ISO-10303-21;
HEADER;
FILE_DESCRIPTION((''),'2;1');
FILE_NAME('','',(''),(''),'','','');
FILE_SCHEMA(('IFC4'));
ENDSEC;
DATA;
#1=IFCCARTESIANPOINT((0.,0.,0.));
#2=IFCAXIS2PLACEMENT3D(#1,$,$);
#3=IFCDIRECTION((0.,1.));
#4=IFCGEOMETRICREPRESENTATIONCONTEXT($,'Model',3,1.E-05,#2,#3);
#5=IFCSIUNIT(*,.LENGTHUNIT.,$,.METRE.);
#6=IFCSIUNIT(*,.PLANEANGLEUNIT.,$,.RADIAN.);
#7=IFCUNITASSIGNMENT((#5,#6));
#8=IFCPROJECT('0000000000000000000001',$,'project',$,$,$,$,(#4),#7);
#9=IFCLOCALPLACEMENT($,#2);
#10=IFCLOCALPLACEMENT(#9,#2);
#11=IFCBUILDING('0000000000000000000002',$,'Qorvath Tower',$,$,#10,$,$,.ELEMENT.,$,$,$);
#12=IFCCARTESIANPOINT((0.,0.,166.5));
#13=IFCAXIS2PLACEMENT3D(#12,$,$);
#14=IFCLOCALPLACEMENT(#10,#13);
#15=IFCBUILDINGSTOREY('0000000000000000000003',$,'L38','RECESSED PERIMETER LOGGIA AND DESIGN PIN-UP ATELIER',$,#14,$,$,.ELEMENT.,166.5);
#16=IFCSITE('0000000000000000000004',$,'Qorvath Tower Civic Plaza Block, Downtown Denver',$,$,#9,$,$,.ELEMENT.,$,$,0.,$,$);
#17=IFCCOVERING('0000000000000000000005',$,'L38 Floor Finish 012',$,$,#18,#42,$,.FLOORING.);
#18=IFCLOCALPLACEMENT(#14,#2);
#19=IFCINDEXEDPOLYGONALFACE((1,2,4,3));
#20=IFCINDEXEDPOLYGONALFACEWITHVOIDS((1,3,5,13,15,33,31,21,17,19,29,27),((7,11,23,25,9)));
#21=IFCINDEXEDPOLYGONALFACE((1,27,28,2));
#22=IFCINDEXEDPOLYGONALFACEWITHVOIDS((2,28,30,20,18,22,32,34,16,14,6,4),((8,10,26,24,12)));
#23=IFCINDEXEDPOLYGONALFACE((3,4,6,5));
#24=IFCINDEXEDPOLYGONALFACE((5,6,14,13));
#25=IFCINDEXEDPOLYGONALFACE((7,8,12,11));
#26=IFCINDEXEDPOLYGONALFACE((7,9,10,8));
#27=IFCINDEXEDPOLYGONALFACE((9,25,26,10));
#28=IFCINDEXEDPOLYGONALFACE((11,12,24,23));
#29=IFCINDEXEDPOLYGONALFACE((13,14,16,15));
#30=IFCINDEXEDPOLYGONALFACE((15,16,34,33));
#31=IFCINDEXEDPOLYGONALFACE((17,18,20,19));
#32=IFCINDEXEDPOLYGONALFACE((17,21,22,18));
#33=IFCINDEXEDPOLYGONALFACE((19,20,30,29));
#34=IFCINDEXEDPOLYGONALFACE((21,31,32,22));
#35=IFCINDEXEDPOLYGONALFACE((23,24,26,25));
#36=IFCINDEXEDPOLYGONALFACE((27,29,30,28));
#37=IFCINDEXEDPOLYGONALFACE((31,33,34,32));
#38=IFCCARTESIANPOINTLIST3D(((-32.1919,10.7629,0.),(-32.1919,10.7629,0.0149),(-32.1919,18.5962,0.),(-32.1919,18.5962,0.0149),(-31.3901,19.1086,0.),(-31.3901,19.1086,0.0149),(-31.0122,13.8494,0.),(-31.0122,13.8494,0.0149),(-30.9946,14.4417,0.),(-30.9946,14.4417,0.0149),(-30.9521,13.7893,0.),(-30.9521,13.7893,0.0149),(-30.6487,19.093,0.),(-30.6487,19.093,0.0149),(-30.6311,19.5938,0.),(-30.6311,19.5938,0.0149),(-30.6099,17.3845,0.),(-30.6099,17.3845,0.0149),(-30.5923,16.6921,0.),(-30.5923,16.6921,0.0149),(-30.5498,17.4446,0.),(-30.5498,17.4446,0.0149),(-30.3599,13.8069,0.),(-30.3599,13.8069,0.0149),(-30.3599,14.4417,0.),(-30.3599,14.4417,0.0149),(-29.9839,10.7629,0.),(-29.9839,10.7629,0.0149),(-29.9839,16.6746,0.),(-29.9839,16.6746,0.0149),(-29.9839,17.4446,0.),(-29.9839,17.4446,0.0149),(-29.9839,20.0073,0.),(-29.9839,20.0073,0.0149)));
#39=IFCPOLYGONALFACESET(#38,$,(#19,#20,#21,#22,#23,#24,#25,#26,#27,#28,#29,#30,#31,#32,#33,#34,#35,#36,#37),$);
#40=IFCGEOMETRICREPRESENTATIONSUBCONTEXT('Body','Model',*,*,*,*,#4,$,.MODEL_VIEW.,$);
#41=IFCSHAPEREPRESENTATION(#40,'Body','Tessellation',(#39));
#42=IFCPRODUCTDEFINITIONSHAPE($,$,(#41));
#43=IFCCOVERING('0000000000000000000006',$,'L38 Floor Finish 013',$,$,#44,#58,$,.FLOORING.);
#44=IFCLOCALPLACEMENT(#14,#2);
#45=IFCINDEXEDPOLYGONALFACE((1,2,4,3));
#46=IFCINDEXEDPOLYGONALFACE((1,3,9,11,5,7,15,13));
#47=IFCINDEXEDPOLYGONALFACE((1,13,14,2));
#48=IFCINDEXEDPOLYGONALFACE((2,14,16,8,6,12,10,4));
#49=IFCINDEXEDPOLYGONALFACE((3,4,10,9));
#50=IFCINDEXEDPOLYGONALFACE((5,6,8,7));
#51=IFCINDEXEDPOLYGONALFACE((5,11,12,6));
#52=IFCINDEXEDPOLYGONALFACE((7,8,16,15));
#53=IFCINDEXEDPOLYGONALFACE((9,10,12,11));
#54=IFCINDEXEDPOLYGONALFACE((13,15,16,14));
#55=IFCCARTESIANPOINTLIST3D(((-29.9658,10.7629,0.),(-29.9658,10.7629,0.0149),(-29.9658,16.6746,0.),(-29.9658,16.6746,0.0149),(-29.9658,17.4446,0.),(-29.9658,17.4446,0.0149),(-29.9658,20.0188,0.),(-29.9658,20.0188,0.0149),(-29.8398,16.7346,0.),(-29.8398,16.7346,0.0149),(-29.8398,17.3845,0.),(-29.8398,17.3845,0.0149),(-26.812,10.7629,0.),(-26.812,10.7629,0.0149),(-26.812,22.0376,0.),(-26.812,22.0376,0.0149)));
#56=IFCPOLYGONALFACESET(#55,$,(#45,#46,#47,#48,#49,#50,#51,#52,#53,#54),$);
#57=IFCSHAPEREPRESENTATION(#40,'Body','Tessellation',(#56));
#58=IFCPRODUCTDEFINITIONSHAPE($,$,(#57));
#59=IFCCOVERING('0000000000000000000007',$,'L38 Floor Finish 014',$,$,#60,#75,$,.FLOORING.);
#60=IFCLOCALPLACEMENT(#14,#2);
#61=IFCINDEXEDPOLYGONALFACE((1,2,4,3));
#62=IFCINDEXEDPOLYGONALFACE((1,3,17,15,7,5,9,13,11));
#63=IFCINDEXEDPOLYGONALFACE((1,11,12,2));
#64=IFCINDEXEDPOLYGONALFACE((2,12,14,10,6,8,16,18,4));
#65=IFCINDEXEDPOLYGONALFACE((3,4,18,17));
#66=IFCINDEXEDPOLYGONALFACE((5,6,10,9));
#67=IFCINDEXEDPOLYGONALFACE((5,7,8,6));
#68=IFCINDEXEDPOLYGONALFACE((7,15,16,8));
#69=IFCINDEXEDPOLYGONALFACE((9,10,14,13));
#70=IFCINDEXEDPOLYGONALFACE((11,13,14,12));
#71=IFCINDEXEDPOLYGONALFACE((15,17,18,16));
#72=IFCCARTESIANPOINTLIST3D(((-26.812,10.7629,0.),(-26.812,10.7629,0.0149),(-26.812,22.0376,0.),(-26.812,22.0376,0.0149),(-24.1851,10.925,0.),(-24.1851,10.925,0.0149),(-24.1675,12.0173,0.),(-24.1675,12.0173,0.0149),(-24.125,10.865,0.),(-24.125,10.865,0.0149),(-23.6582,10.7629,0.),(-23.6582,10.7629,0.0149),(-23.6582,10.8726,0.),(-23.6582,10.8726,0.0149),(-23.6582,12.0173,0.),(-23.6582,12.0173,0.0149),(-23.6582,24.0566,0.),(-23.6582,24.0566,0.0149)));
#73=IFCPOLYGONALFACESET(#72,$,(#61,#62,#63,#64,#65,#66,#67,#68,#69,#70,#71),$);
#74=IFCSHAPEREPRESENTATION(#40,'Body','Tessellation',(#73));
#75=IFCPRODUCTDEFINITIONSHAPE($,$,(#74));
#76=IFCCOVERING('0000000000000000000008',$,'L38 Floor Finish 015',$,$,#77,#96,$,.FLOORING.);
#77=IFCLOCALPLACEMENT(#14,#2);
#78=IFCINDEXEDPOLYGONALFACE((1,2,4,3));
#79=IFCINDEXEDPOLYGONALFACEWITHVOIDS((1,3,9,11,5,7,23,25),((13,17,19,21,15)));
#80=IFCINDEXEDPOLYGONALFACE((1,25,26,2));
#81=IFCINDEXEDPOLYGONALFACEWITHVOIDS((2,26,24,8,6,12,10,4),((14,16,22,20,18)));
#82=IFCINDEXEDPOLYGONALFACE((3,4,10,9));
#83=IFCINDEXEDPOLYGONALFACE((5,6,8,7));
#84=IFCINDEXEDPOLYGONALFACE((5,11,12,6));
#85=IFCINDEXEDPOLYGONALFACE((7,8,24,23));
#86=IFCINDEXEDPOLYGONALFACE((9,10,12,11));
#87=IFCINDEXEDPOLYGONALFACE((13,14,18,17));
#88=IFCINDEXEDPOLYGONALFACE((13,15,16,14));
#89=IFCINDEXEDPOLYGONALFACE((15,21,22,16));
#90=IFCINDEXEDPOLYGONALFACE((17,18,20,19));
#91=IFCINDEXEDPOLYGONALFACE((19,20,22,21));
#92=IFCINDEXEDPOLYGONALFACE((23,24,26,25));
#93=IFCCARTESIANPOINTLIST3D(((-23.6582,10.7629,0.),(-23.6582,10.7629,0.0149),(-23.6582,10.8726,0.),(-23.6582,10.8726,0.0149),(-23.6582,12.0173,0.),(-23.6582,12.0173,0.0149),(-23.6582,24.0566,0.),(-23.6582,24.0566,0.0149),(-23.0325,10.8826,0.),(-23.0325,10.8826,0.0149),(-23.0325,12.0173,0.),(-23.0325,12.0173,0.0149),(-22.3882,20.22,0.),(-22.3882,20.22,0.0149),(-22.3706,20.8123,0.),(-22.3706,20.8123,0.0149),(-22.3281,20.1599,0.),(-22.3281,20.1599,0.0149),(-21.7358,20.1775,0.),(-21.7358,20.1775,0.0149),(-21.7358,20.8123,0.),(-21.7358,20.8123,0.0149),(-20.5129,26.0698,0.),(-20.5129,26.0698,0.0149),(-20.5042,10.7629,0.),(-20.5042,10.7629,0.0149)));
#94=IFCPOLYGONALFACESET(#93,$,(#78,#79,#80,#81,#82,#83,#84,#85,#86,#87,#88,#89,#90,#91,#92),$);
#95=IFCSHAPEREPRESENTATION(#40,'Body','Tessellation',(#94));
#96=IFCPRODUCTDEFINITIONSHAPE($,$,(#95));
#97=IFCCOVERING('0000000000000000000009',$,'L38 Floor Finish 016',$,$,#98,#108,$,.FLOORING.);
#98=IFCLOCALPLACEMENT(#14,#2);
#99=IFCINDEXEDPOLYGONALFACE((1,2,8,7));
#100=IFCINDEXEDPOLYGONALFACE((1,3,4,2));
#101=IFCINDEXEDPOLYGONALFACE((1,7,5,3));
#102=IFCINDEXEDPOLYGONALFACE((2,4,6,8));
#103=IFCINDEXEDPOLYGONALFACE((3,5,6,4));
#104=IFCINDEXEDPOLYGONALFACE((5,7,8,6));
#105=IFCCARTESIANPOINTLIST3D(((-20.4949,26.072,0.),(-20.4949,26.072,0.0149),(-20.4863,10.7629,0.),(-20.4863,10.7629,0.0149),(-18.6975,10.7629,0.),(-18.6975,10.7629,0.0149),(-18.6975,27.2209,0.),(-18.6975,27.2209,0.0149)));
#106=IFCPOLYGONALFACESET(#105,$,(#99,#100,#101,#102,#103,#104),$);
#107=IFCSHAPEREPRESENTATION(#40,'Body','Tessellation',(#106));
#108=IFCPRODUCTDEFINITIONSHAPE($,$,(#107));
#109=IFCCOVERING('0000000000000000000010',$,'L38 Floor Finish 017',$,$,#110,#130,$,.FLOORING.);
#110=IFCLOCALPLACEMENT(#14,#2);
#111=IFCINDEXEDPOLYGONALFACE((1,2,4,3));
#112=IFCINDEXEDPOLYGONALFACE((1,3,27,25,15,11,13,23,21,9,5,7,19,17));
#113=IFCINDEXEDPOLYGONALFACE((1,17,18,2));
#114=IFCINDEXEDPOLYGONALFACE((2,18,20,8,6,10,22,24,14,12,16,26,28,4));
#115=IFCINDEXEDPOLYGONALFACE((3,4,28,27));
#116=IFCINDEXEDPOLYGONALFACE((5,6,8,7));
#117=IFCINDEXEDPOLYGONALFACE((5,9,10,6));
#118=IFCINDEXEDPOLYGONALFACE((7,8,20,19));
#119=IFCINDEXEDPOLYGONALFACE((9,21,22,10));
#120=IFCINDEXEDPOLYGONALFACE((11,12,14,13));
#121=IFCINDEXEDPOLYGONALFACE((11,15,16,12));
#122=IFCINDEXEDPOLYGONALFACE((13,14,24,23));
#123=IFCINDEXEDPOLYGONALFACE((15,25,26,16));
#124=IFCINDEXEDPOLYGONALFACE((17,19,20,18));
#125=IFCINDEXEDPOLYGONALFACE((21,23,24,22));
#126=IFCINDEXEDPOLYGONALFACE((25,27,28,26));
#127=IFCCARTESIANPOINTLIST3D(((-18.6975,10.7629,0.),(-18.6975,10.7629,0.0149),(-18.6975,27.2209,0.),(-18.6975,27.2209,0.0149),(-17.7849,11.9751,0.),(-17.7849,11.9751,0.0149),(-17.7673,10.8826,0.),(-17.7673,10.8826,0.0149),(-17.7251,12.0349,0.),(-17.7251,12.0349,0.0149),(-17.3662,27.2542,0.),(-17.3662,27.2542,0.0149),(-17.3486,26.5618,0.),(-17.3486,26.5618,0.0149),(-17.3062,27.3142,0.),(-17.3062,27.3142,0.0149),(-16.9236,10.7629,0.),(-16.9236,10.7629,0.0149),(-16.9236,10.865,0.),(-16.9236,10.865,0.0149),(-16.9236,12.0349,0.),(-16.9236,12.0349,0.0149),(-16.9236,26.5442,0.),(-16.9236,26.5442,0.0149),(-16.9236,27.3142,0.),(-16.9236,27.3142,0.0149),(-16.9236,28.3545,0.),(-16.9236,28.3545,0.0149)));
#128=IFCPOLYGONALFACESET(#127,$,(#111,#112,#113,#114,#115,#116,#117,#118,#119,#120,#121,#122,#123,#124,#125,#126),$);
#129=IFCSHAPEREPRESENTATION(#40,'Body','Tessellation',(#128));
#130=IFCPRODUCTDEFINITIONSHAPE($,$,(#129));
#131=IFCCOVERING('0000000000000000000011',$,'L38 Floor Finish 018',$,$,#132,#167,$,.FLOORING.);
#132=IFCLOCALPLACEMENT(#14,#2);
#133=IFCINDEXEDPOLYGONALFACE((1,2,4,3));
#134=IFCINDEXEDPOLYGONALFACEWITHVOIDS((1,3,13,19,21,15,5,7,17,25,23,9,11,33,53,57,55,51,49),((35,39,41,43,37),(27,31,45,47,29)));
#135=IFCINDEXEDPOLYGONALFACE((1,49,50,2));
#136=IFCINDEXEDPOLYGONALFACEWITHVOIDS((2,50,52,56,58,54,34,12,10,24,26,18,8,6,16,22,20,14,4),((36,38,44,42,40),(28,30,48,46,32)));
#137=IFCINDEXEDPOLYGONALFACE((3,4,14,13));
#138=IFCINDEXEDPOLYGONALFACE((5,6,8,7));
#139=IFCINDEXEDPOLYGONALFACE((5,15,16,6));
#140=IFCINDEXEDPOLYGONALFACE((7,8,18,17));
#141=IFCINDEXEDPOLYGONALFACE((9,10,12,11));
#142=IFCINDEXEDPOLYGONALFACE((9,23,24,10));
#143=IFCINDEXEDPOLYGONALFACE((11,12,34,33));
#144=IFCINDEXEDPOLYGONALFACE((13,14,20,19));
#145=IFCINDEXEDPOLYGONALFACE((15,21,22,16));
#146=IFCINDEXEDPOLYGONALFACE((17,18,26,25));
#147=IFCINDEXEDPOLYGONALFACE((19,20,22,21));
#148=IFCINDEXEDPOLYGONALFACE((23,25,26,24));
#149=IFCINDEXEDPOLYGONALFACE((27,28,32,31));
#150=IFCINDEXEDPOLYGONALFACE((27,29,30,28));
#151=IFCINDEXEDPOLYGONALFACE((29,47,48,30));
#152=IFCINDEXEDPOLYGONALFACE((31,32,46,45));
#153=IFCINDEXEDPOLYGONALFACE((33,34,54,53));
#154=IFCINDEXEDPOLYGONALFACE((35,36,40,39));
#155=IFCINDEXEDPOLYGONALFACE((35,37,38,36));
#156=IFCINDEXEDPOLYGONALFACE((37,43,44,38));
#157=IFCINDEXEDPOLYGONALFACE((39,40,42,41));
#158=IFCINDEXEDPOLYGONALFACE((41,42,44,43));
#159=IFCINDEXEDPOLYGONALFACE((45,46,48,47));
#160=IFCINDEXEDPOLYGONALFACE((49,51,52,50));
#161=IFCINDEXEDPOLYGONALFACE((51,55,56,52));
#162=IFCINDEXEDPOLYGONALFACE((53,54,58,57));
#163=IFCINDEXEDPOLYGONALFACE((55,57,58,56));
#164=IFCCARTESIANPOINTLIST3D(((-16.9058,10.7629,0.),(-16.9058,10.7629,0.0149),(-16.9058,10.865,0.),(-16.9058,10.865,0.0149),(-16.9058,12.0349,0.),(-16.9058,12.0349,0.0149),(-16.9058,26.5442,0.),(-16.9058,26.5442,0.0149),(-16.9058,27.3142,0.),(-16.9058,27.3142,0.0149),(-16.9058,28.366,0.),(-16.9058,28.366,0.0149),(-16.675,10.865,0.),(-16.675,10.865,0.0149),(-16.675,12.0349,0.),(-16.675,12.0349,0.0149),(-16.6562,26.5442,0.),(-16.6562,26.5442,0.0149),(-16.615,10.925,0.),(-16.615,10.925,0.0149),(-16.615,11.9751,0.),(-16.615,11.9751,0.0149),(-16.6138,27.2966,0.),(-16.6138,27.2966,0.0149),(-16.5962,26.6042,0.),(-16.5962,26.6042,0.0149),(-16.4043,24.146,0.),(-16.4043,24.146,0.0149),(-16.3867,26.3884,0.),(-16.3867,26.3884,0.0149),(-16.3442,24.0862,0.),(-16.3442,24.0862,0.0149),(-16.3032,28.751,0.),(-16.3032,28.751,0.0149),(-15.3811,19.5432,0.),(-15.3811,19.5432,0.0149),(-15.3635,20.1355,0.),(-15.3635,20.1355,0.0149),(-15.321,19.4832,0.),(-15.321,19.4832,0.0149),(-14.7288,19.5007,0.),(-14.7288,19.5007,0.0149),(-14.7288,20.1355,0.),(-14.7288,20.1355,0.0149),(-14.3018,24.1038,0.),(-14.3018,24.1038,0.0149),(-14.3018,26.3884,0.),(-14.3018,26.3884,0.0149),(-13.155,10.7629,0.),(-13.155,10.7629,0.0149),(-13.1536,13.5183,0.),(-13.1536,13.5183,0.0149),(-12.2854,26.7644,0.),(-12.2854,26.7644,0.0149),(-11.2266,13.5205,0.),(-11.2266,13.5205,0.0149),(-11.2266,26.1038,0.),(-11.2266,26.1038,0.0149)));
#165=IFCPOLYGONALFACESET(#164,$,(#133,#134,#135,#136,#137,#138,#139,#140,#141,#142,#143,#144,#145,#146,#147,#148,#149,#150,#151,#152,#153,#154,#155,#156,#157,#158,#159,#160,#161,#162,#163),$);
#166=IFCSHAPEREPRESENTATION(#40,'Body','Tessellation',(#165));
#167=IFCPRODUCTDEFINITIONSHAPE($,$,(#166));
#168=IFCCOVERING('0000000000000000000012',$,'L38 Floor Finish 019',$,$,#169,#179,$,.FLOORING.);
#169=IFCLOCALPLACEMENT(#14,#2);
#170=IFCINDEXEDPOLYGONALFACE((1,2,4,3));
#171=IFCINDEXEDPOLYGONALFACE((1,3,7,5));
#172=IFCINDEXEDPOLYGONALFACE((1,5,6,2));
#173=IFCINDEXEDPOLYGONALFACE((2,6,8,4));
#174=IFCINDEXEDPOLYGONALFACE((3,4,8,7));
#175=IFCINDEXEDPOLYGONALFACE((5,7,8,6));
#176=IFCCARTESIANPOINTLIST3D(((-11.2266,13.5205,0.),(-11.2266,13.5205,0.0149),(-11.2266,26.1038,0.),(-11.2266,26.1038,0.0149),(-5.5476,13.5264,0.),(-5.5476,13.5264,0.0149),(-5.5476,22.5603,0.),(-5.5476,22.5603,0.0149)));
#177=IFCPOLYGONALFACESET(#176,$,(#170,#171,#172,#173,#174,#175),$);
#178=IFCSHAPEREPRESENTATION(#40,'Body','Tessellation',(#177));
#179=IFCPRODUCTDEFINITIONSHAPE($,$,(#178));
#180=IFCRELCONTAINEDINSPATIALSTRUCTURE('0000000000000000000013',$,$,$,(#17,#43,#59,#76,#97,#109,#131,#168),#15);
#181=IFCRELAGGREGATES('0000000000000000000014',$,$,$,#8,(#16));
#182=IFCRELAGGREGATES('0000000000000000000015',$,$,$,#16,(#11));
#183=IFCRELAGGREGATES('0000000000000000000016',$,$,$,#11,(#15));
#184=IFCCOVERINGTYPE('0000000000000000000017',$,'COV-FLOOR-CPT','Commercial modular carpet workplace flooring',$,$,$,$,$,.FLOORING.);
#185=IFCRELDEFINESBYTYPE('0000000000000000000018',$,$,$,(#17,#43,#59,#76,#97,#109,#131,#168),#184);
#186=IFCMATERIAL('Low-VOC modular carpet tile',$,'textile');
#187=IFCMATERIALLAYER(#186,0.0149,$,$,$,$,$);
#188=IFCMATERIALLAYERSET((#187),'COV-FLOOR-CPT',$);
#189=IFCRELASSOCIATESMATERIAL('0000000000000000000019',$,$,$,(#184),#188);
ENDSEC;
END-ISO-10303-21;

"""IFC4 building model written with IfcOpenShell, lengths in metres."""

from ifc_helpers import new_model, si_unit, direction, frame, origin, place, context, subcontext, project, spatial, polyline, outline, extrude, material, layer, layer_set, type_object, element, save


model = new_model("IFC4")

# Units and contexts
model_context = context("Model", 3, precision=1e-05, world=origin(), true_north=direction((0.0, 1.0)))
body_context = subcontext(model_context, "Body", "Model", "MODEL_VIEW")
ifc_project = project(units=[si_unit("LENGTHUNIT", "METRE"), si_unit("PLANEANGLEUNIT", "RADIAN")], contexts=[model_context])

# Site, building, storey
site_placement = place(None, origin())
site = spatial("IfcSite", under=ifc_project, at=site_placement, Name="Qorvath Tower Civic Plaza Block, Downtown Denver", CompositionType="ELEMENT", RefElevation=0.0)
building_placement = place(site_placement, origin())
building = spatial("IfcBuilding", under=site, at=building_placement, Name="Qorvath Tower", CompositionType="ELEMENT")
storey_placement = place(building_placement, frame((0.0, 0.0, 166.5)))
storey = spatial("IfcBuildingStorey", under=building, at=storey_placement, Name="L38", Description="RECESSED PERIMETER LOGGIA AND DESIGN PIN-UP ATELIER", CompositionType="ELEMENT", Elevation=166.5)

# Coverings
ifc_material_1 = material(Name="Low-VOC modular carpet tile", Category="textile")
ifc_layer_1 = layer(ifc_material_1, 0.0149)
ifc_layer_set_1 = layer_set([ifc_layer_1], Name="COV-FLOOR-CPT")
covering_type_1 = type_object("IfcCoveringType", Name="COV-FLOOR-CPT", Description="Commercial modular carpet workplace flooring", PredefinedType="FLOORING", material=ifc_layer_set_1)
covering_1_placement = place(storey_placement, origin())
element("IfcCovering", 1, at=covering_1_placement, inside=storey, type_object=covering_type_1, Name="L38 Floor Finish 012", PredefinedType="FLOORING", context=body_context, shape_type="SweptSolid", body=[
    extrude(outline(polyline([(-29.9839, 17.4446), (-29.9839, 20.0073), (-30.6311, 19.5938), (-30.6487, 19.093), (-31.3901, 19.1086), (-32.1919, 18.5962), (-32.1919, 10.7629), (-29.9839, 10.7629), (-29.9839, 16.6746), (-30.5923, 16.6921), (-30.6099, 17.3845), (-30.5498, 17.4446), (-29.9839, 17.4446)]), holes=[polyline([(-31.0122, 13.8494), (-30.9946, 14.4417), (-30.3599, 14.4417), (-30.3599, 13.8069), (-30.9521, 13.7893), (-31.0122, 13.8494)])]), origin(), (0.0, 0.0, 1.0), 0.0149),
])
covering_2_placement = place(storey_placement, origin())
element("IfcCovering", 2, at=covering_2_placement, inside=storey, type_object=covering_type_1, Name="L38 Floor Finish 013", PredefinedType="FLOORING", context=body_context, shape_type="SweptSolid", body=[
    extrude(outline(polyline([(-26.812, 10.7629), (-26.812, 22.0376), (-29.9658, 20.0188), (-29.9658, 17.4446), (-29.8398, 17.3845), (-29.8398, 16.7346), (-29.9658, 16.6746), (-29.9658, 10.7629), (-26.812, 10.7629)])), origin(), (0.0, 0.0, 1.0), 0.0149),
])
covering_3_placement = place(storey_placement, origin())
element("IfcCovering", 3, at=covering_3_placement, inside=storey, type_object=covering_type_1, Name="L38 Floor Finish 014", PredefinedType="FLOORING", context=body_context, shape_type="SweptSolid", body=[
    extrude(outline(polyline([(-23.6582, 10.7629), (-23.6582, 10.8726), (-24.125, 10.865), (-24.1851, 10.925), (-24.1675, 12.0173), (-23.6582, 12.0173), (-23.6582, 24.0566), (-26.812, 22.0376), (-26.812, 10.7629), (-23.6582, 10.7629)])), origin(), (0.0, 0.0, 1.0), 0.0149),
])
covering_4_placement = place(storey_placement, origin())
element("IfcCovering", 4, at=covering_4_placement, inside=storey, type_object=covering_type_1, Name="L38 Floor Finish 015", PredefinedType="FLOORING", context=body_context, shape_type="SweptSolid", body=[
    extrude(outline(polyline([(-20.5129, 26.0698), (-23.6582, 24.0566), (-23.6582, 12.0173), (-23.0325, 12.0173), (-23.0325, 10.8826), (-23.6582, 10.8726), (-23.6582, 10.7629), (-20.5042, 10.7629), (-20.5129, 26.0698)]), holes=[polyline([(-22.3882, 20.22), (-22.3706, 20.8123), (-21.7358, 20.8123), (-21.7358, 20.1775), (-22.3281, 20.1599), (-22.3882, 20.22)])]), origin(), (0.0, 0.0, 1.0), 0.0149),
])
covering_5_placement = place(storey_placement, origin())
element("IfcCovering", 5, at=covering_5_placement, inside=storey, type_object=covering_type_1, Name="L38 Floor Finish 016", PredefinedType="FLOORING", context=body_context, shape_type="SweptSolid", body=[
    extrude(outline(polyline([(-18.6975, 10.7629), (-18.6975, 27.2209), (-20.4949, 26.072), (-20.4863, 10.7629), (-18.6975, 10.7629)])), origin(), (0.0, 0.0, 1.0), 0.0149),
])
covering_6_placement = place(storey_placement, origin())
element("IfcCovering", 6, at=covering_6_placement, inside=storey, type_object=covering_type_1, Name="L38 Floor Finish 017", PredefinedType="FLOORING", context=body_context, shape_type="SweptSolid", body=[
    extrude(outline(polyline([(-17.7251, 12.0349), (-16.9236, 12.0349), (-16.9236, 26.5442), (-17.3486, 26.5618), (-17.3662, 27.2542), (-17.3062, 27.3142), (-16.9236, 27.3142), (-16.9236, 28.3545), (-18.6975, 27.2209), (-18.6975, 10.7629), (-16.9236, 10.7629), (-16.9236, 10.865), (-17.7673, 10.8826), (-17.7849, 11.9751), (-17.7251, 12.0349)])), origin(), (0.0, 0.0, 1.0), 0.0149),
])
covering_7_placement = place(storey_placement, origin())
element("IfcCovering", 7, at=covering_7_placement, inside=storey, type_object=covering_type_1, Name="L38 Floor Finish 018", PredefinedType="FLOORING", context=body_context, shape_type="SweptSolid", body=[
    extrude(outline(polyline([(-13.1536, 13.5183), (-11.2266, 13.5205), (-11.2266, 26.1038), (-12.2854, 26.7644), (-16.3032, 28.751), (-16.9058, 28.366), (-16.9058, 27.3142), (-16.6138, 27.2966), (-16.5962, 26.6042), (-16.6562, 26.5442), (-16.9058, 26.5442), (-16.9058, 12.0349), (-16.675, 12.0349), (-16.615, 11.9751), (-16.615, 10.925), (-16.675, 10.865), (-16.9058, 10.865), (-16.9058, 10.7629), (-13.155, 10.7629), (-13.1536, 13.5183)]), holes=[polyline([(-16.4043, 24.146), (-16.3867, 26.3884), (-14.3018, 26.3884), (-14.3018, 24.1038), (-16.3442, 24.0862), (-16.4043, 24.146)]), polyline([(-15.3811, 19.5432), (-15.3635, 20.1355), (-14.7288, 20.1355), (-14.7288, 19.5007), (-15.321, 19.4832), (-15.3811, 19.5432)])]), origin(), (0.0, 0.0, 1.0), 0.0149),
])
covering_8_placement = place(storey_placement, origin())
element("IfcCovering", 8, at=covering_8_placement, inside=storey, type_object=covering_type_1, Name="L38 Floor Finish 019", PredefinedType="FLOORING", context=body_context, shape_type="SweptSolid", body=[
    extrude(outline(polyline([(-11.2266, 26.1038), (-11.2266, 13.5205), (-5.5476, 13.5264), (-5.5476, 22.5603), (-11.2266, 26.1038)])), origin(), (0.0, 0.0, 1.0), 0.0149),
])

save(model, "model.ifc")
